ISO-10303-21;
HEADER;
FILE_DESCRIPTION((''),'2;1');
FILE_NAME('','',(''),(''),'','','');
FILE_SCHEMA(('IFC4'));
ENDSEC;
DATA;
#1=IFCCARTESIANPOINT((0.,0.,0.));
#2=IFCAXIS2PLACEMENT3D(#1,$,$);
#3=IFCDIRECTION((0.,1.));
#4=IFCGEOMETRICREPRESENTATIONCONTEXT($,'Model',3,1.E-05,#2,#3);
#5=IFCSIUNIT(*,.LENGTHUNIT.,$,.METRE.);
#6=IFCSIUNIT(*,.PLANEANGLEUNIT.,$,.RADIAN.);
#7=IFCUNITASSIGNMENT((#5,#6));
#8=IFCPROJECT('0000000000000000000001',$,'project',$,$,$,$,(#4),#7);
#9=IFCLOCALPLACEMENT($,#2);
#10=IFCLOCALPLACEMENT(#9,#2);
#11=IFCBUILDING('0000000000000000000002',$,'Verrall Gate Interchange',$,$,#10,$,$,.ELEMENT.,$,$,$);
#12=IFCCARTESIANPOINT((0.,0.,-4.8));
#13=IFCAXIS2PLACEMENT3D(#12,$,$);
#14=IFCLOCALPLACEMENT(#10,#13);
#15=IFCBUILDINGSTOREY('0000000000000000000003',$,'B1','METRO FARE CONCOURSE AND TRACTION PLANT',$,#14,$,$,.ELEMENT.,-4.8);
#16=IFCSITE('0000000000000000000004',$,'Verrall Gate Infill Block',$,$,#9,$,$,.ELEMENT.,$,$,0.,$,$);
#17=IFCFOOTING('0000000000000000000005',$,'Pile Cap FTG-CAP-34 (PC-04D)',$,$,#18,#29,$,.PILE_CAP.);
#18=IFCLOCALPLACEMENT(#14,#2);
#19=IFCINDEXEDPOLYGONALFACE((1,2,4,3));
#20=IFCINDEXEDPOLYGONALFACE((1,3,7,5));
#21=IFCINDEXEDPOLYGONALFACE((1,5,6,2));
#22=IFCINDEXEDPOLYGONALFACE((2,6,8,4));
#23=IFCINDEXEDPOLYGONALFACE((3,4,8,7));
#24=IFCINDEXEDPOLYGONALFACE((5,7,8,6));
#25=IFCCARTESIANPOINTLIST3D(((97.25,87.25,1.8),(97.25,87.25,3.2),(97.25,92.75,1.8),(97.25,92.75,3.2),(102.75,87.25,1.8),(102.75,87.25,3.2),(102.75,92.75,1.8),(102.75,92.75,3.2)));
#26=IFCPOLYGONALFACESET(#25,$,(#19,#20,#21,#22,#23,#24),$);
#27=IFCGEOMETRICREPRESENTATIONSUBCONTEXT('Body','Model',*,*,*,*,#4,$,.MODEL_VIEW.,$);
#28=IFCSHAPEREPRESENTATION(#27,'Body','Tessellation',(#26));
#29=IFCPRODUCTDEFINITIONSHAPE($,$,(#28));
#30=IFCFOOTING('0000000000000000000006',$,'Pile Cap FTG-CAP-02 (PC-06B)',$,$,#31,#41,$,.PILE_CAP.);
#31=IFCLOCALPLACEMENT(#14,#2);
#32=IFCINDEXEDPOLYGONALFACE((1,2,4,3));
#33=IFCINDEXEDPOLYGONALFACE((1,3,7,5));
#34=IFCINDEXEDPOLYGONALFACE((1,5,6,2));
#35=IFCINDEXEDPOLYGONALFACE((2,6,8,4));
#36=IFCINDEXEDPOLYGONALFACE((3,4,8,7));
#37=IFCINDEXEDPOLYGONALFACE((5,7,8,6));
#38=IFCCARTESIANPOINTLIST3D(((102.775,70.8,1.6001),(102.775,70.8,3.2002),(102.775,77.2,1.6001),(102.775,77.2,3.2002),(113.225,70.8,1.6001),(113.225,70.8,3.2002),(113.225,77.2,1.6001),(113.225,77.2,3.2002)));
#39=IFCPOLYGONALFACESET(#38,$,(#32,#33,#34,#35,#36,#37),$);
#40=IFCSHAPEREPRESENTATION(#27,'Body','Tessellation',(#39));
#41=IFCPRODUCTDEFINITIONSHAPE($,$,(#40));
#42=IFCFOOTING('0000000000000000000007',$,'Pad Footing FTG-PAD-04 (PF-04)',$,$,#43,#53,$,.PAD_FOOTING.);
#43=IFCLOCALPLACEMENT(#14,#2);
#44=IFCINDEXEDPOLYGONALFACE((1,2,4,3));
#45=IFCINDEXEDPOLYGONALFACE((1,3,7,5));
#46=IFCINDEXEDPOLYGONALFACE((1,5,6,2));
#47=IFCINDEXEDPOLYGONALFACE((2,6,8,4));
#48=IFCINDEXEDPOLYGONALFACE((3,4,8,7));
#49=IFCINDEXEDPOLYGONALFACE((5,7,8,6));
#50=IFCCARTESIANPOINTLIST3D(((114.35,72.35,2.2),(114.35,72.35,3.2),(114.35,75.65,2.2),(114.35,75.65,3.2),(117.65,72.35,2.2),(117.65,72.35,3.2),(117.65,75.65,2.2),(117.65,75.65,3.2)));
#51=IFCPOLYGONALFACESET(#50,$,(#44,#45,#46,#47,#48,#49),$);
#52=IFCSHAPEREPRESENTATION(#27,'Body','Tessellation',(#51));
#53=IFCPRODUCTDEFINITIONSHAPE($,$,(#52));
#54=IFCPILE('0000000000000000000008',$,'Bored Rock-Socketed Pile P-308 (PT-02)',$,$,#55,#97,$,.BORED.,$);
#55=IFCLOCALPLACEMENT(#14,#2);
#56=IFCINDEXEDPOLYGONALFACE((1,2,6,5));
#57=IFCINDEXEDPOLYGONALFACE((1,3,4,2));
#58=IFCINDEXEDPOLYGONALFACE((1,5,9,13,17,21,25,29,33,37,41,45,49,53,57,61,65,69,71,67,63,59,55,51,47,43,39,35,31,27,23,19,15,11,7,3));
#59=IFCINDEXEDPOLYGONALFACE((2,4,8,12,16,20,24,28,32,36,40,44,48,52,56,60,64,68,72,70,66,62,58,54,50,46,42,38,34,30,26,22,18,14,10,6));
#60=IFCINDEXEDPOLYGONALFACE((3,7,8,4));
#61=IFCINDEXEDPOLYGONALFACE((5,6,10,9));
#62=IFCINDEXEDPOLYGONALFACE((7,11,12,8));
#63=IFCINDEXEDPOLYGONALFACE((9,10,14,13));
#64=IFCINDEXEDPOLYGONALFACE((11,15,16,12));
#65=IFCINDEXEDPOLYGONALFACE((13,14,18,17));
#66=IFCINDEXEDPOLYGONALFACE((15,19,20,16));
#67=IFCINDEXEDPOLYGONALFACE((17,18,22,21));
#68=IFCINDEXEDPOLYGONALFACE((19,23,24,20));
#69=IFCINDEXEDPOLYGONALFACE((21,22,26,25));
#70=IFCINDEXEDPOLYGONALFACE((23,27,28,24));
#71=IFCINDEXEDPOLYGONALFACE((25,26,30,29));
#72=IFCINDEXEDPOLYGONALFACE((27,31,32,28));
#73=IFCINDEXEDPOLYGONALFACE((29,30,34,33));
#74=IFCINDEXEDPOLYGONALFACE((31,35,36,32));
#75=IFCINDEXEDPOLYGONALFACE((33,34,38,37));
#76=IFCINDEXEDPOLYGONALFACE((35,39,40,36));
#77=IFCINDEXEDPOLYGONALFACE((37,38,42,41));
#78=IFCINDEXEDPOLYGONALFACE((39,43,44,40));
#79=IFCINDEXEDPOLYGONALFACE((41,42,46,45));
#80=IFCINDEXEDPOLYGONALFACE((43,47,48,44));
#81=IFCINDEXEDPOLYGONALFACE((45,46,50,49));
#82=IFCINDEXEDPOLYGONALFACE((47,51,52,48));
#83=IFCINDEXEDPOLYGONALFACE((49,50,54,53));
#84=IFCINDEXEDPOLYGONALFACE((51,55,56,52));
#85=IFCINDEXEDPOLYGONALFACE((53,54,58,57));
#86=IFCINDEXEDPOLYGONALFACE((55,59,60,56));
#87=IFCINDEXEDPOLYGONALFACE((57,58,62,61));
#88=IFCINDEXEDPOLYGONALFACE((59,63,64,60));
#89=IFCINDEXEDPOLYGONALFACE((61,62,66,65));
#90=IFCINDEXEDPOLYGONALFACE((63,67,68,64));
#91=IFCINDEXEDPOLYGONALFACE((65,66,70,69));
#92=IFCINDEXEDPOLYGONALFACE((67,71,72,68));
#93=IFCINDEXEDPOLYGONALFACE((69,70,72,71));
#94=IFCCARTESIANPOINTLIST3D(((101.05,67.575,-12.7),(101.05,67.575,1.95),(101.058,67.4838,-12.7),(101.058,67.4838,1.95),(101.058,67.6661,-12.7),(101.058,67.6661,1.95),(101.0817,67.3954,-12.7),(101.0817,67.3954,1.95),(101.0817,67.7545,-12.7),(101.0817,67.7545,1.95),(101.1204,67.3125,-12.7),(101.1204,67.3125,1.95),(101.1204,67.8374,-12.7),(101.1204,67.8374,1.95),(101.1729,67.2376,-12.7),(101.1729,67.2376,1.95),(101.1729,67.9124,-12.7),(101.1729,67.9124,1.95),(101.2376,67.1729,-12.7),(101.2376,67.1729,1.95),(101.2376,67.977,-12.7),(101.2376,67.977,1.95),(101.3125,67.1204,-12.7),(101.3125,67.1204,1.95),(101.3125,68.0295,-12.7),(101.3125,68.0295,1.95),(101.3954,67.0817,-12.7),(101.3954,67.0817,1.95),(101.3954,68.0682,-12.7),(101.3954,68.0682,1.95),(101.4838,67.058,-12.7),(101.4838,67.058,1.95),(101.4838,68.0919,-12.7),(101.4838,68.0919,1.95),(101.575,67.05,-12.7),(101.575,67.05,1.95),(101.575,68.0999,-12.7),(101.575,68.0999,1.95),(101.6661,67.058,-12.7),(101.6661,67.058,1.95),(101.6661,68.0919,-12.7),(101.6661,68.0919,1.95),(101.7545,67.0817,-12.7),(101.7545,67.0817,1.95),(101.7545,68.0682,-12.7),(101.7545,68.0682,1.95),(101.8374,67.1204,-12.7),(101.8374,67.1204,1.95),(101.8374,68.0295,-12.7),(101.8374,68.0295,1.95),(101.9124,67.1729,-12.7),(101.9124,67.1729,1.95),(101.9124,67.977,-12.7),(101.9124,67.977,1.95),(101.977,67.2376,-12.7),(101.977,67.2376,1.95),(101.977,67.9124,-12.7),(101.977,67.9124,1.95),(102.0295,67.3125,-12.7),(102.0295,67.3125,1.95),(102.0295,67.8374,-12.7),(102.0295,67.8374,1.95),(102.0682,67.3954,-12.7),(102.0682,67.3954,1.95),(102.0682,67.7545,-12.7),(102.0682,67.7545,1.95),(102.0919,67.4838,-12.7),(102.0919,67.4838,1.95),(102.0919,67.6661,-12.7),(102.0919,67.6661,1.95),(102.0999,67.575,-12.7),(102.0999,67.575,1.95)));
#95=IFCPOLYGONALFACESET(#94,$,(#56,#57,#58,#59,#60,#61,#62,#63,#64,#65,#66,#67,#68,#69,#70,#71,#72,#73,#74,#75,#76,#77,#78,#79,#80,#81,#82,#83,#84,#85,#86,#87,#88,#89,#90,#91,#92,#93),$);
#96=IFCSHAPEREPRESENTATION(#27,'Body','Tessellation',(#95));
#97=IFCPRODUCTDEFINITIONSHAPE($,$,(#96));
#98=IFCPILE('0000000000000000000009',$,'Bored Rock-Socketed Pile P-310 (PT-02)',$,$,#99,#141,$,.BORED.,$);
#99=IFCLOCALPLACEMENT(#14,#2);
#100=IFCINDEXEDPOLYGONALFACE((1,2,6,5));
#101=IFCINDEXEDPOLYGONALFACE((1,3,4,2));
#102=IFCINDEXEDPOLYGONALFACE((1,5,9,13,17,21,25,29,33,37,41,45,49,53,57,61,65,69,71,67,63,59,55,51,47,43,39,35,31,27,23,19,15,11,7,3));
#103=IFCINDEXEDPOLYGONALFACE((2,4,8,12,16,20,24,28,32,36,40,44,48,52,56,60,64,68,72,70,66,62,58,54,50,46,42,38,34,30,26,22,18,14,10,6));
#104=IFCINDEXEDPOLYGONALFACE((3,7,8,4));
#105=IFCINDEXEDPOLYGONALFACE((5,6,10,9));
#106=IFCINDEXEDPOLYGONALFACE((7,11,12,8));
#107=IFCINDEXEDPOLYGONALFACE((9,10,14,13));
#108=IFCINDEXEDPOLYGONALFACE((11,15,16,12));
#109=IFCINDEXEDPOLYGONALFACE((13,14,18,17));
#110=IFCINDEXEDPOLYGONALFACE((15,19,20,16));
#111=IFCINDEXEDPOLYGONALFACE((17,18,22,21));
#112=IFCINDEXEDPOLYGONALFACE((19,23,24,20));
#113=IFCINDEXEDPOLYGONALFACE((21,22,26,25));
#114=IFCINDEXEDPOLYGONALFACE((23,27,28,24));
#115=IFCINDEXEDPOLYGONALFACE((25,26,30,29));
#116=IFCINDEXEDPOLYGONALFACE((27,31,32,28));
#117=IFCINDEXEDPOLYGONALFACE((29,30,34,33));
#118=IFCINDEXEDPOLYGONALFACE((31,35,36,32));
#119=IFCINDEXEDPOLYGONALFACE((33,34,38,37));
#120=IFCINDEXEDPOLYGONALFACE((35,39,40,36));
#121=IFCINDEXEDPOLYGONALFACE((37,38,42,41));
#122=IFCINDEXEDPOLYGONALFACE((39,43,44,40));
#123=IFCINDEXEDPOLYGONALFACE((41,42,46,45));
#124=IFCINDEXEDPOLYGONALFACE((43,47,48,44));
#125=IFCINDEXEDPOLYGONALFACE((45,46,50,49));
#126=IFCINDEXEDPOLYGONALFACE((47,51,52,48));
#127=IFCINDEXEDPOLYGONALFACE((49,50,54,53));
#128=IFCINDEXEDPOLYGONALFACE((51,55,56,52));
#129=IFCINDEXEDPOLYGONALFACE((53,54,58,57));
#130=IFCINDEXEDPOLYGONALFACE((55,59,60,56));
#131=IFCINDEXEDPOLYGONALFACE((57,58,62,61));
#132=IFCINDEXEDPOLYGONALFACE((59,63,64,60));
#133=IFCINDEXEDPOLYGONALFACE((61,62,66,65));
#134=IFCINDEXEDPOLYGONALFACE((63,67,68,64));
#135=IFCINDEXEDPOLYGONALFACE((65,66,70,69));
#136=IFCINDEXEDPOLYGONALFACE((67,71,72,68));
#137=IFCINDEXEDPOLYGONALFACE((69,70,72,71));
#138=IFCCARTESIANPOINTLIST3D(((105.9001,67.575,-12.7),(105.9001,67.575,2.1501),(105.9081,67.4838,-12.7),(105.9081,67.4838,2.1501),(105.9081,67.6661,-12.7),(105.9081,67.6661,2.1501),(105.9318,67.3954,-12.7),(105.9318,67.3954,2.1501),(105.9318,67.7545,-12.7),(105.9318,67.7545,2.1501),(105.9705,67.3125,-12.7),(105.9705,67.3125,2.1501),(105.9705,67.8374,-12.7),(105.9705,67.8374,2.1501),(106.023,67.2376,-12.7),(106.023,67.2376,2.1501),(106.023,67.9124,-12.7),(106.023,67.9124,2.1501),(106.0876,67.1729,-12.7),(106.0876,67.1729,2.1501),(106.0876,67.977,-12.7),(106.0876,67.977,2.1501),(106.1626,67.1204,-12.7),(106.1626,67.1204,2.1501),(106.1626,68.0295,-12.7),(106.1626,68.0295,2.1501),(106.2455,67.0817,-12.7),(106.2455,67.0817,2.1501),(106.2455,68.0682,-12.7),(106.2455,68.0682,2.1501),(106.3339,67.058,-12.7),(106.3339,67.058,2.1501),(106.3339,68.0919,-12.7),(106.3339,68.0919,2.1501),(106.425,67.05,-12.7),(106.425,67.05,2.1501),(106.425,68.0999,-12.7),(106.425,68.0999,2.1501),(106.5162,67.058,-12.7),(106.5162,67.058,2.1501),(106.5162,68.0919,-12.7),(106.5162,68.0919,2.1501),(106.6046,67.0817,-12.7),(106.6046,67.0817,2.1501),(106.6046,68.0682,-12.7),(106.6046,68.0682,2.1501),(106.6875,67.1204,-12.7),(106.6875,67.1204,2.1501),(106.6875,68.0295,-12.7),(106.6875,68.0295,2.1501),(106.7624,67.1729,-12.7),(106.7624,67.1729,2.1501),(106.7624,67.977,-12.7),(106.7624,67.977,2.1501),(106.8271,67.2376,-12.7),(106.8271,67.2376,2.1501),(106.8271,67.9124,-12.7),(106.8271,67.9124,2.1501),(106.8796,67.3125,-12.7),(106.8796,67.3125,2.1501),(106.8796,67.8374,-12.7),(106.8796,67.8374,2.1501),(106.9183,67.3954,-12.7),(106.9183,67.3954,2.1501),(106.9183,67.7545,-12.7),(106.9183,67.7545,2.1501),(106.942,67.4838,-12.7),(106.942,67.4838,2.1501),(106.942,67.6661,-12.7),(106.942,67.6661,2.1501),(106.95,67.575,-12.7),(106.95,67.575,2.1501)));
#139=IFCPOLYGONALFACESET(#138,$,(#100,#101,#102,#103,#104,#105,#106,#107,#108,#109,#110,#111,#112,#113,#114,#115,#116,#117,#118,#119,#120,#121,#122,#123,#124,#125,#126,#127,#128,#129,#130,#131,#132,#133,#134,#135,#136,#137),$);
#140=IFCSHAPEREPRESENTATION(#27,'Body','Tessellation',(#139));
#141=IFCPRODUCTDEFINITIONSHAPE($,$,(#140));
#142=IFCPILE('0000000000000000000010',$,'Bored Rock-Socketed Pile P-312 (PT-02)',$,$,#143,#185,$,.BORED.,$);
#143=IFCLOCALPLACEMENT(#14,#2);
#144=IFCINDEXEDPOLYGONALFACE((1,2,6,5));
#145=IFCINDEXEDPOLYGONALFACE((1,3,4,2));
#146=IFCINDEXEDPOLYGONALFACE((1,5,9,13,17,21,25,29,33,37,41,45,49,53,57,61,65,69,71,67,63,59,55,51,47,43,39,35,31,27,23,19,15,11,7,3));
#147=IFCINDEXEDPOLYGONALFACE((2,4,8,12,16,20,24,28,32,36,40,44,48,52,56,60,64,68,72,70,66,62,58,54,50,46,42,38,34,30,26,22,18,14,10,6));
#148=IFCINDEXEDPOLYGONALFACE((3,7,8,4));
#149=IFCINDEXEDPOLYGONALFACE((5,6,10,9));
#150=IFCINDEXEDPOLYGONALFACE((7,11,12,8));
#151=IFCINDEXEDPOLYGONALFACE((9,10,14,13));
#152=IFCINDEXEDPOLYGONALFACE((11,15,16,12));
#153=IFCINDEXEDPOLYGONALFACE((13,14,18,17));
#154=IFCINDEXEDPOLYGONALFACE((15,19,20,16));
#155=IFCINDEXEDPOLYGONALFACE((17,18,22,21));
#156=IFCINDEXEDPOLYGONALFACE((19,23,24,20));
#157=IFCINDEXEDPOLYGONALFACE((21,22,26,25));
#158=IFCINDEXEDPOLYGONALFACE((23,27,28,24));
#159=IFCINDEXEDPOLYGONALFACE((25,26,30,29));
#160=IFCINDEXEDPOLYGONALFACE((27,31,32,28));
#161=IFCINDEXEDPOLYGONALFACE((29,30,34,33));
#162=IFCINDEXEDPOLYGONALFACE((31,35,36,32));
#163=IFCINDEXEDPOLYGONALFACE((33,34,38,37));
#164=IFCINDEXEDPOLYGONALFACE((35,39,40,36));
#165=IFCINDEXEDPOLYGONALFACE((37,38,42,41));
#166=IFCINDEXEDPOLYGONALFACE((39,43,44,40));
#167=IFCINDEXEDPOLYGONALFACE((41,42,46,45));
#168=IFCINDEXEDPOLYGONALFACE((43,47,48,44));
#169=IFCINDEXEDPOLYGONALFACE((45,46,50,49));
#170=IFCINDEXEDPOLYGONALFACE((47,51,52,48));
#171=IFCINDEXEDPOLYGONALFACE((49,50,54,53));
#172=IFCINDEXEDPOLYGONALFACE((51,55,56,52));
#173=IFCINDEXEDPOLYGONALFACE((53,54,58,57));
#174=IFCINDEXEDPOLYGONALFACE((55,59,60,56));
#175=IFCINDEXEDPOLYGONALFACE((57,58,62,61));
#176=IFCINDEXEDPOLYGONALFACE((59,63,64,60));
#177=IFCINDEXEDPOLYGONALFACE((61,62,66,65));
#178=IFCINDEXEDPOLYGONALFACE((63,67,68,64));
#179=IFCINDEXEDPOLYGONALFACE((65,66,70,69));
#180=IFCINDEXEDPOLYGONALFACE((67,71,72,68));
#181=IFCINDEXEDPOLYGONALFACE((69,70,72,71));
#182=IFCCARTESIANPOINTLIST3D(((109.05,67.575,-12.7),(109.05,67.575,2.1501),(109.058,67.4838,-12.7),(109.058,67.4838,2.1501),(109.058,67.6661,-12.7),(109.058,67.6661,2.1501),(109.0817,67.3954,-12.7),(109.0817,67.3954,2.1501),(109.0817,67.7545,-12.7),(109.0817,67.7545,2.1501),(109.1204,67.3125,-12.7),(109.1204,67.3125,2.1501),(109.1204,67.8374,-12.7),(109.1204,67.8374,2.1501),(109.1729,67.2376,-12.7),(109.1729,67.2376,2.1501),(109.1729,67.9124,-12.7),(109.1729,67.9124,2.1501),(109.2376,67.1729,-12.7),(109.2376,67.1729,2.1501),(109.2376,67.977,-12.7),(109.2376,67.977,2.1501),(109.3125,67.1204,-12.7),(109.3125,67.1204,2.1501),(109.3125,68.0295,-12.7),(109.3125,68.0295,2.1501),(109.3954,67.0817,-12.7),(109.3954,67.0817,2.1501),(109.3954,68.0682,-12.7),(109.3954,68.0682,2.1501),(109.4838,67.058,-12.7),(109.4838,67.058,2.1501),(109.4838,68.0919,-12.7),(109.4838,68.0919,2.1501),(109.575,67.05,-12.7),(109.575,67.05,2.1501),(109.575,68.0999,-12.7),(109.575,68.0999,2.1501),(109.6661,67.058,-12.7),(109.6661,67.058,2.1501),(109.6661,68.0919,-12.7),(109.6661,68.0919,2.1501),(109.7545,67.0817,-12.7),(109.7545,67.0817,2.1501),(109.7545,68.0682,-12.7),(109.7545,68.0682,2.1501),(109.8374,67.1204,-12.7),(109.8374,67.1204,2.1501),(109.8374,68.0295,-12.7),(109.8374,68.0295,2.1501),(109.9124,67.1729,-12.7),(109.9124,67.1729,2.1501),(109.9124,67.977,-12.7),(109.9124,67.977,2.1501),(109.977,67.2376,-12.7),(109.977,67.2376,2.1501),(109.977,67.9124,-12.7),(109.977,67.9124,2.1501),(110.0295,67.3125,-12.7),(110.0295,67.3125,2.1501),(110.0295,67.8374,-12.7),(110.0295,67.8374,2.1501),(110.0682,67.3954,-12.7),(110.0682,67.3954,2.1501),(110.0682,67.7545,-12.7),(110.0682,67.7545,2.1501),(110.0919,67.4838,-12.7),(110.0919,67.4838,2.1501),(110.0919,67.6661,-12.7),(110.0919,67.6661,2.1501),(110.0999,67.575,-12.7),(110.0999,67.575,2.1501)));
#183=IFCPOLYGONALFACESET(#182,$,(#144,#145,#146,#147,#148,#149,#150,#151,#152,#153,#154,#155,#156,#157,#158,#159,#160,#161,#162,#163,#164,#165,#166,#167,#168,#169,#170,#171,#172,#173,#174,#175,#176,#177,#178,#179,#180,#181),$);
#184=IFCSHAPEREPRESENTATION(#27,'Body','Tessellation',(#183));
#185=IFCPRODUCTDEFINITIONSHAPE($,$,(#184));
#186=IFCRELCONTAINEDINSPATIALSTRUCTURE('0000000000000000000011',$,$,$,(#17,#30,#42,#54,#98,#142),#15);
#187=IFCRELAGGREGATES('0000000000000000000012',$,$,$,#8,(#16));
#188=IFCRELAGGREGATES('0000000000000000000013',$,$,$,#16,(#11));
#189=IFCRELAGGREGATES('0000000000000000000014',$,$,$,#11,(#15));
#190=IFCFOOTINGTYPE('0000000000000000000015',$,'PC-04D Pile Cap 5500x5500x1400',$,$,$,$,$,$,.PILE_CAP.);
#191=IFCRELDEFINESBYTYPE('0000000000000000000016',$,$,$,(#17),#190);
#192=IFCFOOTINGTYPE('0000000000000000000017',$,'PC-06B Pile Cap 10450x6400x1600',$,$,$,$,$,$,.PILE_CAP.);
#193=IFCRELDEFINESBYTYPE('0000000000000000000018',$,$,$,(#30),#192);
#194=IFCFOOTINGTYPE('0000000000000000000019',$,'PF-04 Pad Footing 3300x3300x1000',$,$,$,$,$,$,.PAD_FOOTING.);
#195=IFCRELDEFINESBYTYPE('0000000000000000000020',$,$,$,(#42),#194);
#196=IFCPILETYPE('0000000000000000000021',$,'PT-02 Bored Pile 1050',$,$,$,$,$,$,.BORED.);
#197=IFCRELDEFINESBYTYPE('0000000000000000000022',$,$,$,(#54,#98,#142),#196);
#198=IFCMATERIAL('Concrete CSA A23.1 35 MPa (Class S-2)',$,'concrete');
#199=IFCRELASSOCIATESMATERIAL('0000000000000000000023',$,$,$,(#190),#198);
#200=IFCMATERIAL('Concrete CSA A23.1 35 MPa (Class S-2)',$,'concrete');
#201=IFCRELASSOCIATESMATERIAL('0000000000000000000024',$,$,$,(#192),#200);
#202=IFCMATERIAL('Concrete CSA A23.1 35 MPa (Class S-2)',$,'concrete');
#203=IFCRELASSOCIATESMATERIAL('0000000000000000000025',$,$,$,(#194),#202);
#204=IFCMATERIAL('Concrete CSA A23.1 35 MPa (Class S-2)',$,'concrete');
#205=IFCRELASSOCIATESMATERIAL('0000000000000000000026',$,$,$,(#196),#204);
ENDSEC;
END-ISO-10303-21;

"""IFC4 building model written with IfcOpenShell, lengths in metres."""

from ifc_helpers import new_model, si_unit, direction, frame, origin, origin_2d, place, context, subcontext, project, spatial, rectangle, circle, extrude, material, material_profile, profile_set, type_object, element, save


model = new_model("IFC4")

# Units and contexts
model_context = context("Model", 3, precision=1e-05, world=origin(), true_north=direction((0.0, 1.0)))
body_context = subcontext(model_context, "Body", "Model", "MODEL_VIEW")
ifc_project = project(units=[si_unit("LENGTHUNIT", "METRE"), si_unit("PLANEANGLEUNIT", "RADIAN")], contexts=[model_context])

# Site, building, storey
site_placement = place(None, origin())
site = spatial("IfcSite", under=ifc_project, at=site_placement, Name="Verrall Gate Infill Block", CompositionType="ELEMENT", RefElevation=0.0)
building_placement = place(site_placement, origin())
building = spatial("IfcBuilding", under=site, at=building_placement, Name="Verrall Gate Interchange", CompositionType="ELEMENT")
storey_placement = place(building_placement, frame((0.0, 0.0, -4.8)))
storey = spatial("IfcBuildingStorey", under=building, at=storey_placement, Name="B1", Description="METRO FARE CONCOURSE AND TRACTION PLANT", CompositionType="ELEMENT", Elevation=-4.8)

# Footings
ifc_material_1 = material(Name="Concrete CSA A23.1 35 MPa (Class S-2)", Category="concrete")
footing_type_1 = type_object("IfcFootingType", Name="PC-04D Pile Cap 5500x5500x1400", PredefinedType="PILE_CAP", material=ifc_material_1)
footing_1_placement = place(storey_placement, frame((100.0, 90.0, 1.8), z_axis=(0.0, 0.0, 1.0), x_axis=(1.0, 0.0, 0.0)))
element("IfcFooting", 1, at=footing_1_placement, inside=storey, type_object=footing_type_1, Name="Pile Cap FTG-CAP-34 (PC-04D)", PredefinedType="PILE_CAP", context=body_context, shape_type="SweptSolid", body=[
    extrude(rectangle(XDim=5.5, YDim=5.5, at=origin_2d()), origin(), (0.0, 0.0, 1.0), 1.3999),
])
ifc_material_2 = material(Name="Concrete CSA A23.1 35 MPa (Class S-2)", Category="concrete")
footing_type_2 = type_object("IfcFootingType", Name="PC-06B Pile Cap 10450x6400x1600", PredefinedType="PILE_CAP", material=ifc_material_2)
footing_2_placement = place(storey_placement, frame((108.0, 74.0, 1.6001), z_axis=(0.0, 0.0, 1.0), x_axis=(1.0, 0.0, 0.0)))
element("IfcFooting", 2, at=footing_2_placement, inside=storey, type_object=footing_type_2, Name="Pile Cap FTG-CAP-02 (PC-06B)", PredefinedType="PILE_CAP", context=body_context, shape_type="SweptSolid", body=[
    extrude(rectangle(XDim=10.45, YDim=6.3999, at=origin_2d()), origin(), (0.0, 0.0, 1.0), 1.6001),
])
ifc_material_3 = material(Name="Concrete CSA A23.1 35 MPa (Class S-2)", Category="concrete")
footing_type_3 = type_object("IfcFootingType", Name="PF-04 Pad Footing 3300x3300x1000", PredefinedType="PAD_FOOTING", material=ifc_material_3)
footing_3_placement = place(storey_placement, frame((116.0, 74.0, 2.2), z_axis=(0.0, 0.0, 1.0), x_axis=(1.0, 0.0, 0.0)))
element("IfcFooting", 3, at=footing_3_placement, inside=storey, type_object=footing_type_3, Name="Pad Footing FTG-PAD-04 (PF-04)", PredefinedType="PAD_FOOTING", context=body_context, shape_type="SweptSolid", body=[
    extrude(rectangle(XDim=3.3, YDim=3.3, at=origin_2d()), origin(), (0.0, 0.0, 1.0), 1.0),
])

# Piles
ifc_material_4 = material(Name="Concrete CSA A23.1 35 MPa (Class S-2)", Category="concrete")
ifc_material_profile_1 = material_profile(ifc_material_4, circle(Radius=0.5249, at=origin_2d()), Name="PILE1050D")
ifc_profile_set_1 = profile_set([ifc_material_profile_1], Name="Concrete CSA A23.1 35 MPa (Class S-2)")
pile_type_1 = type_object("IfcPileType", Name="PT-02 Bored Pile 1050", PredefinedType="BORED", material=ifc_profile_set_1)
pile_1_placement = place(storey_placement, frame((101.575, 67.575, 1.95), z_axis=(0.0, 0.0, -1.0), x_axis=(1.0, 0.0, 0.0)))
element("IfcPile", 4, at=pile_1_placement, inside=storey, type_object=pile_type_1, Name="Bored Rock-Socketed Pile P-308 (PT-02)", PredefinedType="BORED", context=body_context, shape_type="SweptSolid", body=[
    extrude(circle(Radius=0.5249, at=origin_2d()), origin(), (0.0, 0.0, 1.0), 14.6499),
])
for number, where, z_axis, x_axis, name in (
    (5, (106.425, 67.575, 2.1501), (0.0, 0.0, -1.0), (1.0, 0.0, 0.0), "Bored Rock-Socketed Pile P-310 (PT-02)"),
    (6, (109.575, 67.575, 2.1501), (0.0, 0.0, -1.0), (1.0, 0.0, 0.0), "Bored Rock-Socketed Pile P-312 (PT-02)"),
):
    element("IfcPile", number, at=place(storey_placement, frame(where, z_axis=z_axis, x_axis=x_axis)), inside=storey, type_object=pile_type_1, Name=name, PredefinedType="BORED", context=body_context, shape_type="SweptSolid", body=[
        extrude(circle(Radius=0.5249, at=origin_2d()), origin(), (0.0, 0.0, 1.0), 14.8501),
    ])

save(model, "model.ifc")
